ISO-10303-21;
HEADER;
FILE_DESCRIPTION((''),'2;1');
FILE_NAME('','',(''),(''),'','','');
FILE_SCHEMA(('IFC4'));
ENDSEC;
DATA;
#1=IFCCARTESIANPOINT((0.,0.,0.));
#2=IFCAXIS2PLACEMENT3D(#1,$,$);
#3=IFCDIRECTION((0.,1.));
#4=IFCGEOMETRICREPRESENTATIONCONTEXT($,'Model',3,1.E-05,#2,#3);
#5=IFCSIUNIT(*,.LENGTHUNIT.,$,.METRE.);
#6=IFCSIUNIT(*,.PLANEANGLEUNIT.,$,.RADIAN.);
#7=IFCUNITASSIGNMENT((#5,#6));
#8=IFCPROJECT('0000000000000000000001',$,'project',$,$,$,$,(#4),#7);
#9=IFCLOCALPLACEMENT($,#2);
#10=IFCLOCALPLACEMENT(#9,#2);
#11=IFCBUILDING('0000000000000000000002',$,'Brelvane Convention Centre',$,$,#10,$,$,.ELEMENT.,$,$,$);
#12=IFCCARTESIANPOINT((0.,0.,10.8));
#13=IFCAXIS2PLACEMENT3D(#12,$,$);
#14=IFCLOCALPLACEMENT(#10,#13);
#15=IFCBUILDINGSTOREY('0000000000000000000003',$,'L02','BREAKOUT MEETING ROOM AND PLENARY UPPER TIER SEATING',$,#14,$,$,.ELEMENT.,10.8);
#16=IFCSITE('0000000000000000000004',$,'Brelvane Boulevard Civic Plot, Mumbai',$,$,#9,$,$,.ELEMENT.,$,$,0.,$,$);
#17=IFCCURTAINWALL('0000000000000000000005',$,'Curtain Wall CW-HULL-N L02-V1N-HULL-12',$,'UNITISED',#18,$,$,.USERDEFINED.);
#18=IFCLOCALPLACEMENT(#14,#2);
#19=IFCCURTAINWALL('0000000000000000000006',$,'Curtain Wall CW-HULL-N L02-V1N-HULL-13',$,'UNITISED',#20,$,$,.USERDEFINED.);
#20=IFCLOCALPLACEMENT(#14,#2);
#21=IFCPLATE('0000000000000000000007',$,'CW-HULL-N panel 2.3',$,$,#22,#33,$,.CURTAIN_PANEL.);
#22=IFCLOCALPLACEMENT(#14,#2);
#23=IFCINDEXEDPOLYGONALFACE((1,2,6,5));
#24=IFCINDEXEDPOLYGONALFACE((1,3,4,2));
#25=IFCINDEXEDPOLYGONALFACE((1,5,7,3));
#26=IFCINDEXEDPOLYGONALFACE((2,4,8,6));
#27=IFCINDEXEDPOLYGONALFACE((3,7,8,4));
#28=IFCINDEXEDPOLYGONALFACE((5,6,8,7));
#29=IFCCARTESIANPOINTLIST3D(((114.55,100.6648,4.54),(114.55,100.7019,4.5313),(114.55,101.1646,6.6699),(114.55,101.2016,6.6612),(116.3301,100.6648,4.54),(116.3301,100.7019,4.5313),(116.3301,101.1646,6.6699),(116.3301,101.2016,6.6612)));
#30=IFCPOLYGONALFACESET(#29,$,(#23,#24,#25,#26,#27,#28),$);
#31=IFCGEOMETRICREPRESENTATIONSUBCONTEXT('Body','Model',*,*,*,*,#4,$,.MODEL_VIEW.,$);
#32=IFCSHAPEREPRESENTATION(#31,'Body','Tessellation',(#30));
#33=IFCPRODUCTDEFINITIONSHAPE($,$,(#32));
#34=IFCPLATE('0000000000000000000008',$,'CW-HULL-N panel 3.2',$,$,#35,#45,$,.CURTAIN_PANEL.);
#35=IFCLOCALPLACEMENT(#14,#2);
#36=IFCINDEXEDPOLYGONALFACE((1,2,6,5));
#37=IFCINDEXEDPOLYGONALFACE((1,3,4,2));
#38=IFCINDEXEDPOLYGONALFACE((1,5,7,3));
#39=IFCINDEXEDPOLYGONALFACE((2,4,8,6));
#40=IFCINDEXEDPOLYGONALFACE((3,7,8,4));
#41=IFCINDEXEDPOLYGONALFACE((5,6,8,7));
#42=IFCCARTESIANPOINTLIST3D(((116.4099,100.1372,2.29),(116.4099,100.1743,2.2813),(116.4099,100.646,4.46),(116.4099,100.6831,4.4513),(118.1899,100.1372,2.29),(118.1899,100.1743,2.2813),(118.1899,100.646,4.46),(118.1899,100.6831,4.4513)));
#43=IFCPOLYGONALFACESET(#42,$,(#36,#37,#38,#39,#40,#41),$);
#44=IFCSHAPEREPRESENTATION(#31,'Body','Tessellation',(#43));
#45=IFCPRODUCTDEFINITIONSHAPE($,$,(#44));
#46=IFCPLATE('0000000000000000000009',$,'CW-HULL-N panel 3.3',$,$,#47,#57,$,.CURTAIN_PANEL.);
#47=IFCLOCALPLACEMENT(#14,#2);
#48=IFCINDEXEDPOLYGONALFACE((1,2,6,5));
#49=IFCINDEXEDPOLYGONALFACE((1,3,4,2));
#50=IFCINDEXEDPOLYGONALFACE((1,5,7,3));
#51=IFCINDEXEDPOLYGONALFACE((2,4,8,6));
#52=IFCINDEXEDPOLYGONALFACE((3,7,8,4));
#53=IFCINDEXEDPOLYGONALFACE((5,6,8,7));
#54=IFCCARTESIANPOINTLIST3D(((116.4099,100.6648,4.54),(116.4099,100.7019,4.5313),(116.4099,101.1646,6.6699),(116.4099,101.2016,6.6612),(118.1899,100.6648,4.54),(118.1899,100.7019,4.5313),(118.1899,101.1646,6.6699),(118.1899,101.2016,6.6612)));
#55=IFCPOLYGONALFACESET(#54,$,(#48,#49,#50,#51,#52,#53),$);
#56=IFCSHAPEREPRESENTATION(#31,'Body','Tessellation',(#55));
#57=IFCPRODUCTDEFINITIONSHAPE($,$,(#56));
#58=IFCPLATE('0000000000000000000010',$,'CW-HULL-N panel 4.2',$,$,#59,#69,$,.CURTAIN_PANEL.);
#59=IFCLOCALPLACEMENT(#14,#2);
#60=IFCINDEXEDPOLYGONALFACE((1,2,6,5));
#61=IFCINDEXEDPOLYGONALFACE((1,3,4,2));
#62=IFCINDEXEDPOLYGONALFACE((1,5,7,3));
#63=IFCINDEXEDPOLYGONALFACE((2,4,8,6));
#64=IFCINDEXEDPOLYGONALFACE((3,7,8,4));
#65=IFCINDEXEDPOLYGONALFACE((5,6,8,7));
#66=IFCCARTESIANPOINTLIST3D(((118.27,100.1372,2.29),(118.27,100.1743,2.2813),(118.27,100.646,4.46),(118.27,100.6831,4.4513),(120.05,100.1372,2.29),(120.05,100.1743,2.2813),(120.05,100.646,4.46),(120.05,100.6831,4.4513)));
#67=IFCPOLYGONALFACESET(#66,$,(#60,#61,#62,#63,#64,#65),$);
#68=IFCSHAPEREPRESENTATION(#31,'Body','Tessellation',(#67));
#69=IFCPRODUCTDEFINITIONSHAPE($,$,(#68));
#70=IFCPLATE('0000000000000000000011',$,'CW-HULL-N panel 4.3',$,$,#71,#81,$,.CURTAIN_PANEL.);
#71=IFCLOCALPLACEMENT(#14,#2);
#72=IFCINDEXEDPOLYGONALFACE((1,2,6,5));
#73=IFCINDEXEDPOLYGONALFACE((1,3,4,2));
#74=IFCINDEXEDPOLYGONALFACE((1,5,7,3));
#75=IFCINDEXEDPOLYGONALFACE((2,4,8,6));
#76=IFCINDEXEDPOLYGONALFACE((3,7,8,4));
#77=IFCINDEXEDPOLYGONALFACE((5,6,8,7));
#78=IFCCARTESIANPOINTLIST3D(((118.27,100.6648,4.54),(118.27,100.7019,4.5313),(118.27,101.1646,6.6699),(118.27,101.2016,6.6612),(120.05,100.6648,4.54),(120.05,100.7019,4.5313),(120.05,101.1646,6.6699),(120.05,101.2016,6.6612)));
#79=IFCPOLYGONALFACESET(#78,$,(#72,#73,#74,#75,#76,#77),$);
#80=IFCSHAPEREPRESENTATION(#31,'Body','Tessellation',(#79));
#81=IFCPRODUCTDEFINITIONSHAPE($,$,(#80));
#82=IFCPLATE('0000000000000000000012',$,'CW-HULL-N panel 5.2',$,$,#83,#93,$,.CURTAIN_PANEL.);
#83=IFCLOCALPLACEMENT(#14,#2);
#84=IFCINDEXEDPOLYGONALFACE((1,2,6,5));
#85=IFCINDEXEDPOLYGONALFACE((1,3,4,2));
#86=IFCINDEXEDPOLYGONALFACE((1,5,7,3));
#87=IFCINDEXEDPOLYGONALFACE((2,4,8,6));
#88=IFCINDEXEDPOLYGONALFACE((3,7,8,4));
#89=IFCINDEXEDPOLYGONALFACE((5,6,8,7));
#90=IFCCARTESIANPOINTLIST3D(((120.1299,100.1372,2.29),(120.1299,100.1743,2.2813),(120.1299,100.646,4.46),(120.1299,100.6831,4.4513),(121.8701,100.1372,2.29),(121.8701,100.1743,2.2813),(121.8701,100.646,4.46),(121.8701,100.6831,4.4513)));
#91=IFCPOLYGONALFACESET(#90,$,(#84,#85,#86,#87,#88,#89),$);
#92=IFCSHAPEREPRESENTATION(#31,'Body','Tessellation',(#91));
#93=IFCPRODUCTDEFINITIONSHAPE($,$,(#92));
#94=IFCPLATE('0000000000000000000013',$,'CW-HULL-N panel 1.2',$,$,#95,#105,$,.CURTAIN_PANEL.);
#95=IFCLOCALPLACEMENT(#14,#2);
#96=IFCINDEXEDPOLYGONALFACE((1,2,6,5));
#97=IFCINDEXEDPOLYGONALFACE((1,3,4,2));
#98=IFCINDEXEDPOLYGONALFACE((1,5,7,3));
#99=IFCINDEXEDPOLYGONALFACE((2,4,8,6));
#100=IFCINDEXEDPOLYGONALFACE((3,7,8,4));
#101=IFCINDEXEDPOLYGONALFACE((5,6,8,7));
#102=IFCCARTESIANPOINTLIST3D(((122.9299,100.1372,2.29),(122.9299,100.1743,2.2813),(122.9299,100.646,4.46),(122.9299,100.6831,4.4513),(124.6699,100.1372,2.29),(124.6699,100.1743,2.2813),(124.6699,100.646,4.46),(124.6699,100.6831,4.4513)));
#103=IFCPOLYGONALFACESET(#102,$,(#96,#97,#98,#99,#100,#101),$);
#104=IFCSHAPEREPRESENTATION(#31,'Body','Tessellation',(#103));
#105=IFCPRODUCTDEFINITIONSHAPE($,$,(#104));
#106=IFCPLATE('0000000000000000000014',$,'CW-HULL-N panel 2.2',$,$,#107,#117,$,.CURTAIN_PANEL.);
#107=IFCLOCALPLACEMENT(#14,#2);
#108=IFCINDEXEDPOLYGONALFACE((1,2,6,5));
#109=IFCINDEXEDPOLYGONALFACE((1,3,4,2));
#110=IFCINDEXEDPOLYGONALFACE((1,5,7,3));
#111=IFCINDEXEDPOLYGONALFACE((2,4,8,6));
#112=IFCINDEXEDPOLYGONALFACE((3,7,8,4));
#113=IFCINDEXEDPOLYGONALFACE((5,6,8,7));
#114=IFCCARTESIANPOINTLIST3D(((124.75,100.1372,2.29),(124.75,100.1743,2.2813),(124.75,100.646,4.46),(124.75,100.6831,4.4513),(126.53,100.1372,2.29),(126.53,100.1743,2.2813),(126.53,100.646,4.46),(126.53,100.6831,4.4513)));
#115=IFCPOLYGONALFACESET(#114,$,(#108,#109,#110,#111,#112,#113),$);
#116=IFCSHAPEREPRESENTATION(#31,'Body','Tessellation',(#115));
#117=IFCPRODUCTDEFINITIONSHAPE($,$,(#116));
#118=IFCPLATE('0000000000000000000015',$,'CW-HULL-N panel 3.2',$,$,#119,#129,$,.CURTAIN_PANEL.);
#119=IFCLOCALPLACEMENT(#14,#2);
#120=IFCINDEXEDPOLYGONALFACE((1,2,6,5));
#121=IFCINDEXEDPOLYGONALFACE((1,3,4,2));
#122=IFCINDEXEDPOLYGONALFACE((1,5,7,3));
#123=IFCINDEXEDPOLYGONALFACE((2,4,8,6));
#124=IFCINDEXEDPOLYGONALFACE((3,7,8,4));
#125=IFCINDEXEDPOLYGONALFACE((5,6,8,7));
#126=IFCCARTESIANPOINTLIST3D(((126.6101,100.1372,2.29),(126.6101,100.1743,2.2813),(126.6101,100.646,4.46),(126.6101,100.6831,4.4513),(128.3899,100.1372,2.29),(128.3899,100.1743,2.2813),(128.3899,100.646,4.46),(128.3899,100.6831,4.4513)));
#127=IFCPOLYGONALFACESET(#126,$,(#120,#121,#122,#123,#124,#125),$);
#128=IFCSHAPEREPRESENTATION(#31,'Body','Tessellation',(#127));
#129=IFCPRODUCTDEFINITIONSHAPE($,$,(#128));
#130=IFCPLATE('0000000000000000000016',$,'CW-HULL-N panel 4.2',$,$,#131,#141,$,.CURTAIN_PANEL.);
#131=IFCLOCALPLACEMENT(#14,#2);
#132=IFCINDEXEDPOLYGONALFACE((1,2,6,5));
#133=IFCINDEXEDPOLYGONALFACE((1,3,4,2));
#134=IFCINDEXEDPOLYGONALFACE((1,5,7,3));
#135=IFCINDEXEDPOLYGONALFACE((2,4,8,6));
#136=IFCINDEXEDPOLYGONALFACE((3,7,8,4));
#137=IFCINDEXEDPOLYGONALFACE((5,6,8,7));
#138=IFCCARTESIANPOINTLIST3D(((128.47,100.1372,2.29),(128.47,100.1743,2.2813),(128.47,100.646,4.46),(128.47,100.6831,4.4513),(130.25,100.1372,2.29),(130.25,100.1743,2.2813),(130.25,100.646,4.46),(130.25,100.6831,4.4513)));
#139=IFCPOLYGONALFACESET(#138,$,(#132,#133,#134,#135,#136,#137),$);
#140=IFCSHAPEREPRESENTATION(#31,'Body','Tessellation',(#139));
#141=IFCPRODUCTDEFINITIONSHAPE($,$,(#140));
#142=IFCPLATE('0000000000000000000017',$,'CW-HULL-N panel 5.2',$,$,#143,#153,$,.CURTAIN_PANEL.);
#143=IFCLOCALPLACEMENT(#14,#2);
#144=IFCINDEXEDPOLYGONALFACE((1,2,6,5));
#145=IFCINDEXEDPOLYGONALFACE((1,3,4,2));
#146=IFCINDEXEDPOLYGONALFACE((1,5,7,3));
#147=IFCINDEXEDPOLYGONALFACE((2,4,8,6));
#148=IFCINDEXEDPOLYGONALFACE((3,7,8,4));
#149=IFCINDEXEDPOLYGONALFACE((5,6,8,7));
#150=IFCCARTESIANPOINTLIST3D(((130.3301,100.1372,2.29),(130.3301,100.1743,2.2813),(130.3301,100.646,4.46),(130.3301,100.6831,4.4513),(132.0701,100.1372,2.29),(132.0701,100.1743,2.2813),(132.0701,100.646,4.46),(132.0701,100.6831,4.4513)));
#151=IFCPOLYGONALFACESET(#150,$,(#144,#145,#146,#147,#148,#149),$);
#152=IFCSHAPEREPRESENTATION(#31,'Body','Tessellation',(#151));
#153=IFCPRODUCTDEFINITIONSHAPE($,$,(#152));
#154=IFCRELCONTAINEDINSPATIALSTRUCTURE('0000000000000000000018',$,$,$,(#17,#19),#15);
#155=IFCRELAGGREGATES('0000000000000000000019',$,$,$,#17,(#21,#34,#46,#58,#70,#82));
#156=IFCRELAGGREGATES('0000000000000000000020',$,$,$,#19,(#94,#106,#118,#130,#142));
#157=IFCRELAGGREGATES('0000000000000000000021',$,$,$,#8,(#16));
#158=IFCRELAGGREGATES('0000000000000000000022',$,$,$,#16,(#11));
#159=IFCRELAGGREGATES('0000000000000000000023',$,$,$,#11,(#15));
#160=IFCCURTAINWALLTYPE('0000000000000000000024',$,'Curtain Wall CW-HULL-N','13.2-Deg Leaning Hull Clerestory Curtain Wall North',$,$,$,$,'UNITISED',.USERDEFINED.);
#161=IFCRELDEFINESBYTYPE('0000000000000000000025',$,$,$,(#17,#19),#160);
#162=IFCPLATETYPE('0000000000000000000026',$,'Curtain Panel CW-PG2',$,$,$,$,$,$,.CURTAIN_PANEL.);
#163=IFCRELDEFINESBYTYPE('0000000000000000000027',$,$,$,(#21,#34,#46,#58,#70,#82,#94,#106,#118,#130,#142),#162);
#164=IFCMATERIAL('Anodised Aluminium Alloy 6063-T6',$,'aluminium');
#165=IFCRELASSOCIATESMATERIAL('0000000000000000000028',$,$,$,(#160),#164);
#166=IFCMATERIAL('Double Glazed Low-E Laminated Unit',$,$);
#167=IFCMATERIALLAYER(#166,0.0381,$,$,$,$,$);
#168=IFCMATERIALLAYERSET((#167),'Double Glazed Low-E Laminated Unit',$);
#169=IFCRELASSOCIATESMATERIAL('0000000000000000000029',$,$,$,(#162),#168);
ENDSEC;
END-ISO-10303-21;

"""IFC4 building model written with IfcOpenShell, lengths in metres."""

from ifc_helpers import new_model, si_unit, direction, frame, origin, place, context, subcontext, project, spatial, polyline, outline, extrude, material, layer, layer_set, type_object, element, aggregate, save


model = new_model("IFC4")

# Units and contexts
model_context = context("Model", 3, precision=1e-05, world=origin(), true_north=direction((0.0, 1.0)))
body_context = subcontext(model_context, "Body", "Model", "MODEL_VIEW")
ifc_project = project(units=[si_unit("LENGTHUNIT", "METRE"), si_unit("PLANEANGLEUNIT", "RADIAN")], contexts=[model_context])

# Site, building, storey
site_placement = place(None, origin())
site = spatial("IfcSite", under=ifc_project, at=site_placement, Name="Brelvane Boulevard Civic Plot, Mumbai", CompositionType="ELEMENT", RefElevation=0.0)
building_placement = place(site_placement, origin())
building = spatial("IfcBuilding", under=site, at=building_placement, Name="Brelvane Convention Centre", CompositionType="ELEMENT")
storey_placement = place(building_placement, frame((0.0, 0.0, 10.8)))
storey = spatial("IfcBuildingStorey", under=building, at=storey_placement, Name="L02", Description="BREAKOUT MEETING ROOM AND PLENARY UPPER TIER SEATING", CompositionType="ELEMENT", Elevation=10.8)

# Curtain walls
ifc_material_1 = material(Name="Anodised Aluminium Alloy 6063-T6", Category="aluminium")
curtain_wall_type = type_object("IfcCurtainWallType", Name="Curtain Wall CW-HULL-N", Description="13.2-Deg Leaning Hull Clerestory Curtain Wall North", ElementType="UNITISED", PredefinedType="USERDEFINED", material=ifc_material_1)
curtain_wall_1_placement = place(storey_placement, origin())
curtain_wall_1 = element("IfcCurtainWall", 1, at=curtain_wall_1_placement, inside=storey, type_object=curtain_wall_type, Name="Curtain Wall CW-HULL-N L02-V1N-HULL-12", ObjectType="UNITISED", PredefinedType="USERDEFINED")
curtain_wall_2_placement = place(storey_placement, origin())
curtain_wall_2 = element("IfcCurtainWall", 2, at=curtain_wall_2_placement, inside=storey, type_object=curtain_wall_type, Name="Curtain Wall CW-HULL-N L02-V1N-HULL-13", ObjectType="UNITISED", PredefinedType="USERDEFINED")

# Plates
ifc_material_2 = material(Name="Double Glazed Low-E Laminated Unit")
ifc_layer = layer(ifc_material_2, 0.0381)
ifc_layer_set = layer_set([ifc_layer], Name="Double Glazed Low-E Laminated Unit")
plate_type = type_object("IfcPlateType", Name="Curtain Panel CW-PG2", PredefinedType="CURTAIN_PANEL", material=ifc_layer_set)
plate_1_placement = place(storey_placement, frame((114.55, 100.6648, 4.54), z_axis=(0.0, -0.973559, 0.228436), x_axis=(1.0, 0.0, 0.0)))
plate_1 = element("IfcPlate", 3, at=plate_1_placement, type_object=plate_type, Name="CW-HULL-N panel 2.3", PredefinedType="CURTAIN_PANEL", context=body_context, shape_type="SweptSolid", body=[
    extrude(outline(polyline([(0.0, 0.0), (1.78, 0.0), (1.78, 2.1877), (0.0, 2.1877), (0.0, 0.0)])), origin(), (0.0, 0.0, -1.0), 0.0381),
])
plate_2_placement = place(storey_placement, frame((116.4099, 100.1372, 2.29), z_axis=(0.0, -0.973595, 0.228282), x_axis=(1.0, 0.0, 0.0)))
plate_2 = element("IfcPlate", 4, at=plate_2_placement, type_object=plate_type, Name="CW-HULL-N panel 3.2", PredefinedType="CURTAIN_PANEL", context=body_context, shape_type="SweptSolid", body=[
    extrude(outline(polyline([(0.0, 0.0), (1.78, 0.0), (1.78, 2.2288), (0.0, 2.2288), (0.0, 0.0)])), origin(), (0.0, 0.0, -1.0), 0.0381),
])
plate_3_placement = place(storey_placement, frame((116.4099, 100.6648, 4.54), z_axis=(0.0, -0.973559, 0.228436), x_axis=(1.0, 0.0, 0.0)))
plate_3 = element("IfcPlate", 5, at=plate_3_placement, type_object=plate_type, Name="CW-HULL-N panel 3.3", PredefinedType="CURTAIN_PANEL", context=body_context, shape_type="SweptSolid", body=[
    extrude(outline(polyline([(0.0, 0.0), (1.78, 0.0), (1.78, 2.1877), (0.0, 2.1877), (0.0, 0.0)])), origin(), (0.0, 0.0, -1.0), 0.0381),
])
plate_4_placement = place(storey_placement, frame((118.27, 100.1372, 2.29), z_axis=(0.0, -0.973595, 0.228282), x_axis=(1.0, 0.0, 0.0)))
plate_4 = element("IfcPlate", 6, at=plate_4_placement, type_object=plate_type, Name="CW-HULL-N panel 4.2", PredefinedType="CURTAIN_PANEL", context=body_context, shape_type="SweptSolid", body=[
    extrude(outline(polyline([(0.0, 0.0), (1.78, 0.0), (1.78, 2.2288), (0.0, 2.2288), (0.0, 0.0)])), origin(), (0.0, 0.0, -1.0), 0.0381),
])
plate_5_placement = place(storey_placement, frame((118.27, 100.6648, 4.54), z_axis=(0.0, -0.973559, 0.228436), x_axis=(1.0, 0.0, 0.0)))
plate_5 = element("IfcPlate", 7, at=plate_5_placement, type_object=plate_type, Name="CW-HULL-N panel 4.3", PredefinedType="CURTAIN_PANEL", context=body_context, shape_type="SweptSolid", body=[
    extrude(outline(polyline([(0.0, 0.0), (1.78, 0.0), (1.78, 2.1877), (0.0, 2.1877), (0.0, 0.0)])), origin(), (0.0, 0.0, -1.0), 0.0381),
])
plate_6_placement = place(storey_placement, frame((120.1299, 100.1372, 2.29), z_axis=(0.0, -0.973595, 0.228282), x_axis=(1.0, 0.0, 0.0)))
plate_6 = element("IfcPlate", 8, at=plate_6_placement, type_object=plate_type, Name="CW-HULL-N panel 5.2", PredefinedType="CURTAIN_PANEL", context=body_context, shape_type="SweptSolid", body=[
    extrude(outline(polyline([(0.0, 0.0), (1.7402, 0.0), (1.7402, 2.2288), (0.0, 2.2288), (0.0, 0.0)])), origin(), (0.0, 0.0, -1.0), 0.0381),
])
aggregate(curtain_wall_1, [plate_1, plate_2, plate_3, plate_4, plate_5, plate_6])
plate_7_placement = place(storey_placement, frame((122.9299, 100.1372, 2.29), z_axis=(0.0, -0.973595, 0.228282), x_axis=(1.0, 0.0, 0.0)))
plate_7 = element("IfcPlate", 9, at=plate_7_placement, type_object=plate_type, Name="CW-HULL-N panel 1.2", PredefinedType="CURTAIN_PANEL", context=body_context, shape_type="SweptSolid", body=[
    extrude(outline(polyline([(0.0, 0.0), (1.74, 0.0), (1.74, 2.2288), (0.0, 2.2288), (0.0, 0.0)])), origin(), (0.0, 0.0, -1.0), 0.0381),
])
plate_8_placement = place(storey_placement, frame((124.75, 100.1372, 2.29), z_axis=(0.0, -0.973595, 0.228282), x_axis=(1.0, 0.0, 0.0)))
plate_8 = element("IfcPlate", 10, at=plate_8_placement, type_object=plate_type, Name="CW-HULL-N panel 2.2", PredefinedType="CURTAIN_PANEL", context=body_context, shape_type="SweptSolid", body=[
    extrude(outline(polyline([(0.0, 0.0), (1.78, 0.0), (1.78, 2.2288), (0.0, 2.2288), (0.0, 0.0)])), origin(), (0.0, 0.0, -1.0), 0.0381),
])
plate_9_placement = place(storey_placement, frame((126.6101, 100.1372, 2.29), z_axis=(0.0, -0.973595, 0.228282), x_axis=(1.0, 0.0, 0.0)))
plate_9 = element("IfcPlate", 11, at=plate_9_placement, type_object=plate_type, Name="CW-HULL-N panel 3.2", PredefinedType="CURTAIN_PANEL", context=body_context, shape_type="SweptSolid", body=[
    extrude(outline(polyline([(0.0, 0.0), (1.7798, 0.0), (1.7798, 2.2288), (0.0, 2.2288), (0.0, 0.0)])), origin(), (0.0, 0.0, -1.0), 0.0381),
])
plate_10_placement = place(storey_placement, frame((128.47, 100.1372, 2.29), z_axis=(0.0, -0.973595, 0.228282), x_axis=(1.0, 0.0, 0.0)))
plate_10 = element("IfcPlate", 12, at=plate_10_placement, type_object=plate_type, Name="CW-HULL-N panel 4.2", PredefinedType="CURTAIN_PANEL", context=body_context, shape_type="SweptSolid", body=[
    extrude(outline(polyline([(0.0, 0.0), (1.78, 0.0), (1.78, 2.2288), (0.0, 2.2288), (0.0, 0.0)])), origin(), (0.0, 0.0, -1.0), 0.0381),
])
plate_11_placement = place(storey_placement, frame((130.3301, 100.1372, 2.29), z_axis=(0.0, -0.973595, 0.228282), x_axis=(1.0, 0.0, 0.0)))
plate_11 = element("IfcPlate", 13, at=plate_11_placement, type_object=plate_type, Name="CW-HULL-N panel 5.2", PredefinedType="CURTAIN_PANEL", context=body_context, shape_type="SweptSolid", body=[
    extrude(outline(polyline([(0.0, 0.0), (1.74, 0.0), (1.74, 2.2288), (0.0, 2.2288), (0.0, 0.0)])), origin(), (0.0, 0.0, -1.0), 0.0381),
])
aggregate(curtain_wall_2, [plate_7, plate_8, plate_9, plate_10, plate_11])

save(model, "model.ifc")
